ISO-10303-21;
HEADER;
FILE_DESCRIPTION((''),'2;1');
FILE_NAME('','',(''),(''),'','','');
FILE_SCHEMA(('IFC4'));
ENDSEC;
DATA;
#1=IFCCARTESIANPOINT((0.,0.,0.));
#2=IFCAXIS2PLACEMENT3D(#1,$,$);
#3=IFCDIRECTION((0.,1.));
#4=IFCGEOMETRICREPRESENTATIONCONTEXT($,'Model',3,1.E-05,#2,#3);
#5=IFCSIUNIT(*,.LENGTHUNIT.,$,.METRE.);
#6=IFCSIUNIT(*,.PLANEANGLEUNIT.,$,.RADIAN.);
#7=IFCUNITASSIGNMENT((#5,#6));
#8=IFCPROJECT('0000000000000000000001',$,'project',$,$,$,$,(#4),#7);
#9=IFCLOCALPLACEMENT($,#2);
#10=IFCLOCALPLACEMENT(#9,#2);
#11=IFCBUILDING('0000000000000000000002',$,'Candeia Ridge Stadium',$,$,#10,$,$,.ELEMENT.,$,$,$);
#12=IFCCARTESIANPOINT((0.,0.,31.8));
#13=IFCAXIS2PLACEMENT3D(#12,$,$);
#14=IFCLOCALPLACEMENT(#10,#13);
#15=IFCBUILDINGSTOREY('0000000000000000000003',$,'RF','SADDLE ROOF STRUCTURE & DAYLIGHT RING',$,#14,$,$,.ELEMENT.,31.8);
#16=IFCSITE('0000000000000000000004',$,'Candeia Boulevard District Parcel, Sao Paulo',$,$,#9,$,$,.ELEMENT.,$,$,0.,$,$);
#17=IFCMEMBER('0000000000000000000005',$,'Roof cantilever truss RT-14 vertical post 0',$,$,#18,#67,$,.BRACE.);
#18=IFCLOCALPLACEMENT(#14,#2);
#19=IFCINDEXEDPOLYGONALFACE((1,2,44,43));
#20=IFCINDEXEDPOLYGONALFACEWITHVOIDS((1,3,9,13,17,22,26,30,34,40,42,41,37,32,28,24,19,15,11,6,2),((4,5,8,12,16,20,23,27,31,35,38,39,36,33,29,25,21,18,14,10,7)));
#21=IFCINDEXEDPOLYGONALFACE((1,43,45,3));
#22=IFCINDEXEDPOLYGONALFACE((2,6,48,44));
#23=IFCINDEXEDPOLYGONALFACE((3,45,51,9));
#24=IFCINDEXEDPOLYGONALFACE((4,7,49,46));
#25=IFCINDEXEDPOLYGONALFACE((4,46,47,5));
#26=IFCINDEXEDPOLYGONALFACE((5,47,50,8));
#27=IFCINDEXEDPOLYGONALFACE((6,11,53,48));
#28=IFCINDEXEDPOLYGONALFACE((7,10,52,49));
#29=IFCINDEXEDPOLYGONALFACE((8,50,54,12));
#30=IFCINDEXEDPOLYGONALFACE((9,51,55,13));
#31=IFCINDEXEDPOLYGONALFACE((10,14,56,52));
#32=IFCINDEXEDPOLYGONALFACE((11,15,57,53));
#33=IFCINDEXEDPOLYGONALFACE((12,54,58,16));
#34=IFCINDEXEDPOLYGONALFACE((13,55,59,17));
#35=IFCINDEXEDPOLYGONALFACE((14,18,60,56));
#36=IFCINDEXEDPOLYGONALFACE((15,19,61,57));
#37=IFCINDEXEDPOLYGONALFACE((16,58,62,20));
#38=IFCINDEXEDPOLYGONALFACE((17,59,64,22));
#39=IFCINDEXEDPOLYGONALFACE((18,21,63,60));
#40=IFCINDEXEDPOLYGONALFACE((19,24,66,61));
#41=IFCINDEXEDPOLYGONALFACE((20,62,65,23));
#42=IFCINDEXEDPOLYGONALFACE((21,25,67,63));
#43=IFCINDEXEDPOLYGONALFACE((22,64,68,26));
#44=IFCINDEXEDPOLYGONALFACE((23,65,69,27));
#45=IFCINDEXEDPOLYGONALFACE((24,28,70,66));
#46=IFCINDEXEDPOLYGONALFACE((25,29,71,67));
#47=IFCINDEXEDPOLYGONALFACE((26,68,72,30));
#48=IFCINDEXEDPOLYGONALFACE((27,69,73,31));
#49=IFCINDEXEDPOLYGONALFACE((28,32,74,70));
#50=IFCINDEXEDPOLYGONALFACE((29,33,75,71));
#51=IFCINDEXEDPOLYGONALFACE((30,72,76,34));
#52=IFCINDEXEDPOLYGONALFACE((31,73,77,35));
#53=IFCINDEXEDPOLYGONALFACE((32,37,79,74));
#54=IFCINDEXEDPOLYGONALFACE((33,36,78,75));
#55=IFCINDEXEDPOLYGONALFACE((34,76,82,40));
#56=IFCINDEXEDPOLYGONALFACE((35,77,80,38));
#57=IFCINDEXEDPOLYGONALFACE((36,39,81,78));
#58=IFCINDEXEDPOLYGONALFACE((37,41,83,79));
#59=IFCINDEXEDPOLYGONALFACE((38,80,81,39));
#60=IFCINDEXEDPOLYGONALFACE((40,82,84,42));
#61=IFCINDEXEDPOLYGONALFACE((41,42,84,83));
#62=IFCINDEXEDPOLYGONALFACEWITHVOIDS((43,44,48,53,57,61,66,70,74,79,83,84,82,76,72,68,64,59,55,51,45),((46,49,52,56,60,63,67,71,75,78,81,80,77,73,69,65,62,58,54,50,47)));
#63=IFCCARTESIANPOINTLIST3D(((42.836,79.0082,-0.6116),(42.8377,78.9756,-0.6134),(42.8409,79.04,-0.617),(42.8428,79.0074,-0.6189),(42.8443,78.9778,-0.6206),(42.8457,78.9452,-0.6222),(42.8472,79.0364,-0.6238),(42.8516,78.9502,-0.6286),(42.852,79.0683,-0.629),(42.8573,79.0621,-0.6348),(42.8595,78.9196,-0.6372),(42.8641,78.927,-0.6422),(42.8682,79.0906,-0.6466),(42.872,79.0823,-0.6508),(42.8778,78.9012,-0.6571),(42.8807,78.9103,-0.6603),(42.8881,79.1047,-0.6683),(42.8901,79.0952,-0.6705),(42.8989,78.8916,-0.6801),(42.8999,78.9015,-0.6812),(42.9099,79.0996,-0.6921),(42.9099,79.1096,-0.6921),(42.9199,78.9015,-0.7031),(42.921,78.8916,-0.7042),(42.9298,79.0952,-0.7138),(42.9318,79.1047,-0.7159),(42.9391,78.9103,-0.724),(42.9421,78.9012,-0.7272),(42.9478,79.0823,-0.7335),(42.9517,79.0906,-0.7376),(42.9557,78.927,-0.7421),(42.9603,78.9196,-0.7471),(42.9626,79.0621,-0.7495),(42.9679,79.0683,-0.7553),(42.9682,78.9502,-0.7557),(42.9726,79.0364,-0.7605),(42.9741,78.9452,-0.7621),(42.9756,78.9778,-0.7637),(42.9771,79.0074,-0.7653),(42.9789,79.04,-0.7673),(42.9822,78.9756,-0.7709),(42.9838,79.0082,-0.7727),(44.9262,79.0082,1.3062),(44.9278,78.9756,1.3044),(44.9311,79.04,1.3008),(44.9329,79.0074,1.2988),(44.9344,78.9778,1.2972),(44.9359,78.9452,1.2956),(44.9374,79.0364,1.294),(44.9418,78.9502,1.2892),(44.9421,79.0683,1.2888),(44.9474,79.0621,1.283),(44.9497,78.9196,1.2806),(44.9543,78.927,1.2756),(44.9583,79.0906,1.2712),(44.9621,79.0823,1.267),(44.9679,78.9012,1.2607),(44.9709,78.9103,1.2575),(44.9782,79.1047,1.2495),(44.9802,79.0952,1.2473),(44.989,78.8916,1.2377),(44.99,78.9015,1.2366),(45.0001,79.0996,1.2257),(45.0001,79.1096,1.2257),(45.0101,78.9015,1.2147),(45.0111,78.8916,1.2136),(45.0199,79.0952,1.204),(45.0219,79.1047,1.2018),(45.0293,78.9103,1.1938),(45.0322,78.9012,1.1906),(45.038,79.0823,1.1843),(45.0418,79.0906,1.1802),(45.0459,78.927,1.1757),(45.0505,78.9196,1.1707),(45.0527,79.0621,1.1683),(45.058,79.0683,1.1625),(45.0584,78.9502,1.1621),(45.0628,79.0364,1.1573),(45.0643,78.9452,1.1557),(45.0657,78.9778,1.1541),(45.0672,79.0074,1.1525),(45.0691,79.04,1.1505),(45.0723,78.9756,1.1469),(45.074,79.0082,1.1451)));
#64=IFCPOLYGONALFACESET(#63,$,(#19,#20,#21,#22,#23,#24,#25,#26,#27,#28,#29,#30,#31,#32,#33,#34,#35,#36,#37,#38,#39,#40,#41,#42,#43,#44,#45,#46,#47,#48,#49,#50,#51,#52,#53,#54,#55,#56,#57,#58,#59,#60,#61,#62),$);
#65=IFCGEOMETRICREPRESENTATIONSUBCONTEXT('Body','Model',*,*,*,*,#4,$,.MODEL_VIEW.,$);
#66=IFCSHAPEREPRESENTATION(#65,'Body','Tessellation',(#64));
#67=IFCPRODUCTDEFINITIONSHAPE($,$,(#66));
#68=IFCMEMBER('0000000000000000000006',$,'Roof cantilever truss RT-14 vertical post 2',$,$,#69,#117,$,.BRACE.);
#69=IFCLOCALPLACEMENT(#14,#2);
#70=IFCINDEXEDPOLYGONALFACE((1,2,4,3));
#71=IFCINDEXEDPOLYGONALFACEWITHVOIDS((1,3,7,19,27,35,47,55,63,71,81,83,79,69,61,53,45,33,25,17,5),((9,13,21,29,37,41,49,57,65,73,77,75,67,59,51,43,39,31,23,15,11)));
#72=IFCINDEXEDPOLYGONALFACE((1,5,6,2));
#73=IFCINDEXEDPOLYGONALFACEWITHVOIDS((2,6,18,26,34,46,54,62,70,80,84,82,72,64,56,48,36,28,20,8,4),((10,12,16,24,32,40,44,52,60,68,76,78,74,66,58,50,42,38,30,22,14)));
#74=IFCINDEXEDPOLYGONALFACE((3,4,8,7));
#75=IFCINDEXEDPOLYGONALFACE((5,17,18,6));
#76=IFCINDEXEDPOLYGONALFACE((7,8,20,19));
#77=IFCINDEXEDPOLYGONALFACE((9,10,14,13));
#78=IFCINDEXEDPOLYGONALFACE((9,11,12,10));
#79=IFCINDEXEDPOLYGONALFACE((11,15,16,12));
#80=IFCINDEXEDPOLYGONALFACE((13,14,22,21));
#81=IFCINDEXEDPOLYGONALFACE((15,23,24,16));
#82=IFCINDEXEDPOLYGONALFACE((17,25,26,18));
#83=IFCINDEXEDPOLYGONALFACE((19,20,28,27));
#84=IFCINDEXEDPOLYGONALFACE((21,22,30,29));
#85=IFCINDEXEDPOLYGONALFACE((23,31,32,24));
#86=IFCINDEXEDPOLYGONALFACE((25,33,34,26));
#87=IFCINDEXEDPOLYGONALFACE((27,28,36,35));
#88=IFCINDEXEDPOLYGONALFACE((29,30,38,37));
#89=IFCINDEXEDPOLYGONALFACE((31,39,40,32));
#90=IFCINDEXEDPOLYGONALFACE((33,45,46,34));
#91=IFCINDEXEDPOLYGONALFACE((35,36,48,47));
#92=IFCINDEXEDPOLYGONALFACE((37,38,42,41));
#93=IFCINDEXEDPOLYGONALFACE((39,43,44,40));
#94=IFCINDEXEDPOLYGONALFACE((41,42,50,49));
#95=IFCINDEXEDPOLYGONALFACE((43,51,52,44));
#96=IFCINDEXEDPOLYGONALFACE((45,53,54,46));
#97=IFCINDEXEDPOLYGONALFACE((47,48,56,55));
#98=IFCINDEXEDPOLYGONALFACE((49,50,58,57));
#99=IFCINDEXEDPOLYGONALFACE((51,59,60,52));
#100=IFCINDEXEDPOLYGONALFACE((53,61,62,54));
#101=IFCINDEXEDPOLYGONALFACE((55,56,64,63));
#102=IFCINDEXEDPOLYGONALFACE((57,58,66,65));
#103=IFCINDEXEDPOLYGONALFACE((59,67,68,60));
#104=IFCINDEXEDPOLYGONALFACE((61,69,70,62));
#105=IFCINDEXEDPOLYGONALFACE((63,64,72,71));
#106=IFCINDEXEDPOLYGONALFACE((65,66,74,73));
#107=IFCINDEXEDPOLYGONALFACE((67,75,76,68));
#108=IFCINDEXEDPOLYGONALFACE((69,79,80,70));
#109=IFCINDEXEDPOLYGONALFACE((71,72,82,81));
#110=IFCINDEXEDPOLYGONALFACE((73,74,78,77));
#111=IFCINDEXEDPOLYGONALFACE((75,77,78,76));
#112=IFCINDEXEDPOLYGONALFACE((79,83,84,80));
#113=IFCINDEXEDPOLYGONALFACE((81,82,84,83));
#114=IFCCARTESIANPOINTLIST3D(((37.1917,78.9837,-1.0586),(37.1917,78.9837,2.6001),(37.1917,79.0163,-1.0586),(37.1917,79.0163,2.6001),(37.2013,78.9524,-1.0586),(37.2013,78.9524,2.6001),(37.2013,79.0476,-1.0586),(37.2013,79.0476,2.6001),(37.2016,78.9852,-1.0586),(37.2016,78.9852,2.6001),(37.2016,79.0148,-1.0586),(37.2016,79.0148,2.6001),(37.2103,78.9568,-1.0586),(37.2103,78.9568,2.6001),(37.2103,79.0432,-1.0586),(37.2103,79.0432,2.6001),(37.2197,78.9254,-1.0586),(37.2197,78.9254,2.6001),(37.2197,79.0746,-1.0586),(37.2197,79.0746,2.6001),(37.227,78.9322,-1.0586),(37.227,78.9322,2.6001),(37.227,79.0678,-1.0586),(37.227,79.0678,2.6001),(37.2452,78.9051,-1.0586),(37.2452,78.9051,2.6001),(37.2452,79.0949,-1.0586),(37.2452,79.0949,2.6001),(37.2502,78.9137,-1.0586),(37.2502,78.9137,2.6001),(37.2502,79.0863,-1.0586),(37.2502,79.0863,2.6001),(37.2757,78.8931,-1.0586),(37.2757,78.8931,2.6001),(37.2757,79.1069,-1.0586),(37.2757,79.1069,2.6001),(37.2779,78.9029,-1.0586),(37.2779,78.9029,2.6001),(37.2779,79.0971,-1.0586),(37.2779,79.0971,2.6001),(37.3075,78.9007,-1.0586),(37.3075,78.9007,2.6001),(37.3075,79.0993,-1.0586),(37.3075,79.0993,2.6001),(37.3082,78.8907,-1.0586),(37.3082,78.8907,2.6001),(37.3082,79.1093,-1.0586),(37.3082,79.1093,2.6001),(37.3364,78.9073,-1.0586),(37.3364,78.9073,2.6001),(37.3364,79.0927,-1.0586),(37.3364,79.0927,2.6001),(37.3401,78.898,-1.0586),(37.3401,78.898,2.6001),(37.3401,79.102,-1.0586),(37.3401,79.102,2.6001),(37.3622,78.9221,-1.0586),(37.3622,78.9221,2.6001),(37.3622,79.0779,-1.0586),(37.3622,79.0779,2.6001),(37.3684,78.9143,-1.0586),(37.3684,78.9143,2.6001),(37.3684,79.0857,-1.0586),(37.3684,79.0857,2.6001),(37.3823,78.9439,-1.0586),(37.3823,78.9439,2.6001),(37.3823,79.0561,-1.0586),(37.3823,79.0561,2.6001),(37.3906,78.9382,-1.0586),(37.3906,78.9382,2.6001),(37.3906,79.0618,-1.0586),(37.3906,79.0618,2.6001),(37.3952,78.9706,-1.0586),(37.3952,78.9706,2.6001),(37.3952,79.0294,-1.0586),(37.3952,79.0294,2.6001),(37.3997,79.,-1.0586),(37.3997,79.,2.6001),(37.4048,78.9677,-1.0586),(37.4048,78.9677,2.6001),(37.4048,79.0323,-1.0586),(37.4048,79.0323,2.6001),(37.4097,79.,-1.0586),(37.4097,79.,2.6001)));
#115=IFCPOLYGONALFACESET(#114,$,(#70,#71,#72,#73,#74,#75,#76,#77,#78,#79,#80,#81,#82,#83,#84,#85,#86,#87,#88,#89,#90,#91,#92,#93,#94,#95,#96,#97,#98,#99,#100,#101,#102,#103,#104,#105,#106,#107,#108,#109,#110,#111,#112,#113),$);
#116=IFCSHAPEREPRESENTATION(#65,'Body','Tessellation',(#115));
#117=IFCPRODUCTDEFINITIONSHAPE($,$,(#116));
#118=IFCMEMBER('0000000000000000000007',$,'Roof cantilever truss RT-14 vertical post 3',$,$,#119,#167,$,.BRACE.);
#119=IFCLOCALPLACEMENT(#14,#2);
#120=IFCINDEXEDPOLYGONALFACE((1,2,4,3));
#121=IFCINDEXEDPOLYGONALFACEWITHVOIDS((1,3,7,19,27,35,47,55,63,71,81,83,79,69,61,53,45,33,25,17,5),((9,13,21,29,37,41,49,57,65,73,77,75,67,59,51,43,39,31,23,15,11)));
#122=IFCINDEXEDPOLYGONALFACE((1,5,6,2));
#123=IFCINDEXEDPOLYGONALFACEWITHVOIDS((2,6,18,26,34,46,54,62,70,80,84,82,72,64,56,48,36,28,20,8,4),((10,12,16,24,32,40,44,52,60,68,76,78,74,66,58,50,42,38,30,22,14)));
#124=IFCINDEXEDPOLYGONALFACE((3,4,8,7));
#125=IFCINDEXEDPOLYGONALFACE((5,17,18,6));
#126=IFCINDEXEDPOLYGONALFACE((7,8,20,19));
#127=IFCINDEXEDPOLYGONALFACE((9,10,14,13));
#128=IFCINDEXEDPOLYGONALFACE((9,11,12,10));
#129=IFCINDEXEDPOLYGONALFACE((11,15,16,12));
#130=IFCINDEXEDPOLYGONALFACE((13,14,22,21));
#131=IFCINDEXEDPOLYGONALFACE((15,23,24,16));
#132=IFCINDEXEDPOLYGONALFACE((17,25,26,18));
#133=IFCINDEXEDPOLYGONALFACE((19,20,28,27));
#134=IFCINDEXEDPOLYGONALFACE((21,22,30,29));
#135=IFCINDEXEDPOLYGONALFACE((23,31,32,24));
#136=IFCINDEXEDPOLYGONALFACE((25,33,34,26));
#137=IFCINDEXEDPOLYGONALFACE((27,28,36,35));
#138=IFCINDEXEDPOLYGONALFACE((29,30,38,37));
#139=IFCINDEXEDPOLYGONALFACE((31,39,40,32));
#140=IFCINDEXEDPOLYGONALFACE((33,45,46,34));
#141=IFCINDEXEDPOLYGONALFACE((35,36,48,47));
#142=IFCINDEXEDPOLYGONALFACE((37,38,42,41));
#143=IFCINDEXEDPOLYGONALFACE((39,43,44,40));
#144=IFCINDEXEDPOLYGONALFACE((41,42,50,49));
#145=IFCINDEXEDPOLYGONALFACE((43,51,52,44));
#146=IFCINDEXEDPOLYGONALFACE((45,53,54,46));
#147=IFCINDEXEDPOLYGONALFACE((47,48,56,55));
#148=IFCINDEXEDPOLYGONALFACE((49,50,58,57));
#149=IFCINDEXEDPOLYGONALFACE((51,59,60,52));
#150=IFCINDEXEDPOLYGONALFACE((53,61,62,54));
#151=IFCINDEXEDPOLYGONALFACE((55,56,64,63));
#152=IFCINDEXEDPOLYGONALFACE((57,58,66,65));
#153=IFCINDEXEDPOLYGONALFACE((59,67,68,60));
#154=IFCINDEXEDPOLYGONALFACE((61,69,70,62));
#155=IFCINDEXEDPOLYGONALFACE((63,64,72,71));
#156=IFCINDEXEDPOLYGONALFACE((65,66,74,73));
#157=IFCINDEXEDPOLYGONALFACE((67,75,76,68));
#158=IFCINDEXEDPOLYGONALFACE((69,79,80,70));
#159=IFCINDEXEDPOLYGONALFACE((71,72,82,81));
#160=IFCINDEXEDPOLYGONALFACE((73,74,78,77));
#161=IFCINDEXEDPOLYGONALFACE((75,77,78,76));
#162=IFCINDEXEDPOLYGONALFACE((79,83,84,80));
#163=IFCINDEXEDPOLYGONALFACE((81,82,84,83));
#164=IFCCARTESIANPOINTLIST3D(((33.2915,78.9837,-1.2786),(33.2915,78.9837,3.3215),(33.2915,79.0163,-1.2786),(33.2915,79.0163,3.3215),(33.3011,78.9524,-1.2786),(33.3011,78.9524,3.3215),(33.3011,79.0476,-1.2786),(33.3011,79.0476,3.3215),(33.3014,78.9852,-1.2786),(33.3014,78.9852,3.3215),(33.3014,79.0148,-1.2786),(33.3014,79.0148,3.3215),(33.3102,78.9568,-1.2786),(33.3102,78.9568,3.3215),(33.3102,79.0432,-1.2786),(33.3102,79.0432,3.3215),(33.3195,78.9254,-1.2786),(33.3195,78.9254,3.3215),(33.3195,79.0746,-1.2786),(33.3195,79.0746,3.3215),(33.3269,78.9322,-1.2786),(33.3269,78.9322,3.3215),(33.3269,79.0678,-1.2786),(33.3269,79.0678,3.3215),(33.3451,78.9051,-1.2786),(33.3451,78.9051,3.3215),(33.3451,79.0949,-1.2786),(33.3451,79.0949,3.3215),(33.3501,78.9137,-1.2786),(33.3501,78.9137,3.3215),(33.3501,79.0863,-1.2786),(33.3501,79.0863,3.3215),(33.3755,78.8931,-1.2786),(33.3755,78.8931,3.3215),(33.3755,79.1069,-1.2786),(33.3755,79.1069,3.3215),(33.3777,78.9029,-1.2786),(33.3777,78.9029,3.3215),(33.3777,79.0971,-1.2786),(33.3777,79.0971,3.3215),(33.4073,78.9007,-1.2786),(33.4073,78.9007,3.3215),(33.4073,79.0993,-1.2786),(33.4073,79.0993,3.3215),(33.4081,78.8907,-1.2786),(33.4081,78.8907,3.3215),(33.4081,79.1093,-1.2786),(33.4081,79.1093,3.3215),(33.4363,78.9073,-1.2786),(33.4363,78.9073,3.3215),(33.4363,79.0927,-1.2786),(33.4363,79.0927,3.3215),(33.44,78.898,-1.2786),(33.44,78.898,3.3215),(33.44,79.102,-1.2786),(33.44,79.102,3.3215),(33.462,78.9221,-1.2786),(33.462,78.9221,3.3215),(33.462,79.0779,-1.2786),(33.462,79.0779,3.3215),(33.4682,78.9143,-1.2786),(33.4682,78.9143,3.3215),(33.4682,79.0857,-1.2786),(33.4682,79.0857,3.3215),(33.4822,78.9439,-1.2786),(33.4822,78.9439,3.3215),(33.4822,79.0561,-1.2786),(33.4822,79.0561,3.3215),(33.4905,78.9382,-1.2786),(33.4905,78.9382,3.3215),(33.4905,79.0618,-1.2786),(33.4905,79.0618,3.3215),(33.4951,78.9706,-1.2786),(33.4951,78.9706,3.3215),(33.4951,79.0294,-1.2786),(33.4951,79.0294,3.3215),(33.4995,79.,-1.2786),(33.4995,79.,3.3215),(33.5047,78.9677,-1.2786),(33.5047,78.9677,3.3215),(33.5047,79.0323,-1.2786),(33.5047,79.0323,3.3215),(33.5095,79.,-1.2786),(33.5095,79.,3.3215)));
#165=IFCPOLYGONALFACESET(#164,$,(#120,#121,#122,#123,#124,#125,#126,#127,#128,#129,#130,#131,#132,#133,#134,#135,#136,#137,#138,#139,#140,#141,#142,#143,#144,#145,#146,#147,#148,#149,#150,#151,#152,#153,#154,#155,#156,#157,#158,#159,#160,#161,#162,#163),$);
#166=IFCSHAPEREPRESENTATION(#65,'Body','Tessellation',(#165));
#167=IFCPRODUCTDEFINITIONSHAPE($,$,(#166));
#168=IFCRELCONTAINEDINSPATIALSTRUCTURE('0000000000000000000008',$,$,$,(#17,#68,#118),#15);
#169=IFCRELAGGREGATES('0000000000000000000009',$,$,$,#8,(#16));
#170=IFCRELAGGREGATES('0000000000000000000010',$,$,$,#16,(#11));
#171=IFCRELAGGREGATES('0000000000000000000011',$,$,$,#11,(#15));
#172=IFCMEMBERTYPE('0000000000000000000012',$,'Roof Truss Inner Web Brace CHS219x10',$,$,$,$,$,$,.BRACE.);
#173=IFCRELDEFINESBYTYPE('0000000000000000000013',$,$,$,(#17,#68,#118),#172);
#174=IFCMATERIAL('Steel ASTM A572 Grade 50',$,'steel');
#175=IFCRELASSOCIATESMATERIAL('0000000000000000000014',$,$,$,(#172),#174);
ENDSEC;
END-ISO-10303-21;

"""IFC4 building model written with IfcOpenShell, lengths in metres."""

from ifc_helpers import new_model, si_unit, direction, frame, origin, origin_2d, place, context, subcontext, project, spatial, hollow_circle, extrude, material, material_profile, profile_set, type_object, element, save


model = new_model("IFC4")

# Units and contexts
model_context = context("Model", 3, precision=1e-05, world=origin(), true_north=direction((0.0, 1.0)))
body_context = subcontext(model_context, "Body", "Model", "MODEL_VIEW")
ifc_project = project(units=[si_unit("LENGTHUNIT", "METRE"), si_unit("PLANEANGLEUNIT", "RADIAN")], contexts=[model_context])

# Site, building, storey
site_placement = place(None, origin())
site = spatial("IfcSite", under=ifc_project, at=site_placement, Name="Candeia Boulevard District Parcel, Sao Paulo", CompositionType="ELEMENT", RefElevation=0.0)
building_placement = place(site_placement, origin())
building = spatial("IfcBuilding", under=site, at=building_placement, Name="Candeia Ridge Stadium", CompositionType="ELEMENT")
storey_placement = place(building_placement, frame((0.0, 0.0, 31.8)))
storey = spatial("IfcBuildingStorey", under=building, at=storey_placement, Name="RF", Description="SADDLE ROOF STRUCTURE & DAYLIGHT RING", CompositionType="ELEMENT", Elevation=31.8)

# Shared definitions
ifc_material_1 = material(Name="Steel ASTM A572 Grade 50", Category="steel")

# Members
ifc_material_profile_1 = material_profile(ifc_material_1, hollow_circle(Radius=0.1096, WallThickness=0.01, at=origin_2d()), Name="CHS219x10", Category="steel")
ifc_profile_set_1 = profile_set([ifc_material_profile_1], Name="Steel ASTM A572 Grade 50")
member_type_1 = type_object("IfcMemberType", Name="Roof Truss Inner Web Brace CHS219x10", PredefinedType="BRACE", material=ifc_profile_set_1)
member_1_placement = place(storey_placement, frame((42.9099, 79.0, -0.6921), z_axis=(0.736836, 0.0, 0.676071), x_axis=(0.0, 1.0, 0.0)))
element("IfcMember", 1, at=member_1_placement, inside=storey, type_object=member_type_1, Name="Roof cantilever truss RT-14 vertical post 0", PredefinedType="BRACE", context=body_context, shape_type="SweptSolid", body=[
    extrude(hollow_circle(Radius=0.1096, WallThickness=0.01, at=origin_2d()), origin(), (0.0, 0.0, 1.0), 2.8367),
])
member_2_placement = place(storey_placement, frame((37.3, 79.0, -1.0586), z_axis=(0.0, 0.0, 1.0), x_axis=(1.0, 0.0, 0.0)))
element("IfcMember", 2, at=member_2_placement, inside=storey, type_object=member_type_1, Name="Roof cantilever truss RT-14 vertical post 2", PredefinedType="BRACE", context=body_context, shape_type="SweptSolid", body=[
    extrude(hollow_circle(Radius=0.1096, WallThickness=0.01, at=origin_2d()), origin(), (0.0, 0.0, 1.0), 3.6587),
])
member_3_placement = place(storey_placement, frame((33.3999, 79.0, -1.2786), z_axis=(0.0, 0.0, 1.0), x_axis=(1.0, 0.0, 0.0)))
element("IfcMember", 3, at=member_3_placement, inside=storey, type_object=member_type_1, Name="Roof cantilever truss RT-14 vertical post 3", PredefinedType="BRACE", context=body_context, shape_type="SweptSolid", body=[
    extrude(hollow_circle(Radius=0.1096, WallThickness=0.01, at=origin_2d()), origin(), (0.0, 0.0, 1.0), 4.6001),
])

save(model, "model.ifc")
